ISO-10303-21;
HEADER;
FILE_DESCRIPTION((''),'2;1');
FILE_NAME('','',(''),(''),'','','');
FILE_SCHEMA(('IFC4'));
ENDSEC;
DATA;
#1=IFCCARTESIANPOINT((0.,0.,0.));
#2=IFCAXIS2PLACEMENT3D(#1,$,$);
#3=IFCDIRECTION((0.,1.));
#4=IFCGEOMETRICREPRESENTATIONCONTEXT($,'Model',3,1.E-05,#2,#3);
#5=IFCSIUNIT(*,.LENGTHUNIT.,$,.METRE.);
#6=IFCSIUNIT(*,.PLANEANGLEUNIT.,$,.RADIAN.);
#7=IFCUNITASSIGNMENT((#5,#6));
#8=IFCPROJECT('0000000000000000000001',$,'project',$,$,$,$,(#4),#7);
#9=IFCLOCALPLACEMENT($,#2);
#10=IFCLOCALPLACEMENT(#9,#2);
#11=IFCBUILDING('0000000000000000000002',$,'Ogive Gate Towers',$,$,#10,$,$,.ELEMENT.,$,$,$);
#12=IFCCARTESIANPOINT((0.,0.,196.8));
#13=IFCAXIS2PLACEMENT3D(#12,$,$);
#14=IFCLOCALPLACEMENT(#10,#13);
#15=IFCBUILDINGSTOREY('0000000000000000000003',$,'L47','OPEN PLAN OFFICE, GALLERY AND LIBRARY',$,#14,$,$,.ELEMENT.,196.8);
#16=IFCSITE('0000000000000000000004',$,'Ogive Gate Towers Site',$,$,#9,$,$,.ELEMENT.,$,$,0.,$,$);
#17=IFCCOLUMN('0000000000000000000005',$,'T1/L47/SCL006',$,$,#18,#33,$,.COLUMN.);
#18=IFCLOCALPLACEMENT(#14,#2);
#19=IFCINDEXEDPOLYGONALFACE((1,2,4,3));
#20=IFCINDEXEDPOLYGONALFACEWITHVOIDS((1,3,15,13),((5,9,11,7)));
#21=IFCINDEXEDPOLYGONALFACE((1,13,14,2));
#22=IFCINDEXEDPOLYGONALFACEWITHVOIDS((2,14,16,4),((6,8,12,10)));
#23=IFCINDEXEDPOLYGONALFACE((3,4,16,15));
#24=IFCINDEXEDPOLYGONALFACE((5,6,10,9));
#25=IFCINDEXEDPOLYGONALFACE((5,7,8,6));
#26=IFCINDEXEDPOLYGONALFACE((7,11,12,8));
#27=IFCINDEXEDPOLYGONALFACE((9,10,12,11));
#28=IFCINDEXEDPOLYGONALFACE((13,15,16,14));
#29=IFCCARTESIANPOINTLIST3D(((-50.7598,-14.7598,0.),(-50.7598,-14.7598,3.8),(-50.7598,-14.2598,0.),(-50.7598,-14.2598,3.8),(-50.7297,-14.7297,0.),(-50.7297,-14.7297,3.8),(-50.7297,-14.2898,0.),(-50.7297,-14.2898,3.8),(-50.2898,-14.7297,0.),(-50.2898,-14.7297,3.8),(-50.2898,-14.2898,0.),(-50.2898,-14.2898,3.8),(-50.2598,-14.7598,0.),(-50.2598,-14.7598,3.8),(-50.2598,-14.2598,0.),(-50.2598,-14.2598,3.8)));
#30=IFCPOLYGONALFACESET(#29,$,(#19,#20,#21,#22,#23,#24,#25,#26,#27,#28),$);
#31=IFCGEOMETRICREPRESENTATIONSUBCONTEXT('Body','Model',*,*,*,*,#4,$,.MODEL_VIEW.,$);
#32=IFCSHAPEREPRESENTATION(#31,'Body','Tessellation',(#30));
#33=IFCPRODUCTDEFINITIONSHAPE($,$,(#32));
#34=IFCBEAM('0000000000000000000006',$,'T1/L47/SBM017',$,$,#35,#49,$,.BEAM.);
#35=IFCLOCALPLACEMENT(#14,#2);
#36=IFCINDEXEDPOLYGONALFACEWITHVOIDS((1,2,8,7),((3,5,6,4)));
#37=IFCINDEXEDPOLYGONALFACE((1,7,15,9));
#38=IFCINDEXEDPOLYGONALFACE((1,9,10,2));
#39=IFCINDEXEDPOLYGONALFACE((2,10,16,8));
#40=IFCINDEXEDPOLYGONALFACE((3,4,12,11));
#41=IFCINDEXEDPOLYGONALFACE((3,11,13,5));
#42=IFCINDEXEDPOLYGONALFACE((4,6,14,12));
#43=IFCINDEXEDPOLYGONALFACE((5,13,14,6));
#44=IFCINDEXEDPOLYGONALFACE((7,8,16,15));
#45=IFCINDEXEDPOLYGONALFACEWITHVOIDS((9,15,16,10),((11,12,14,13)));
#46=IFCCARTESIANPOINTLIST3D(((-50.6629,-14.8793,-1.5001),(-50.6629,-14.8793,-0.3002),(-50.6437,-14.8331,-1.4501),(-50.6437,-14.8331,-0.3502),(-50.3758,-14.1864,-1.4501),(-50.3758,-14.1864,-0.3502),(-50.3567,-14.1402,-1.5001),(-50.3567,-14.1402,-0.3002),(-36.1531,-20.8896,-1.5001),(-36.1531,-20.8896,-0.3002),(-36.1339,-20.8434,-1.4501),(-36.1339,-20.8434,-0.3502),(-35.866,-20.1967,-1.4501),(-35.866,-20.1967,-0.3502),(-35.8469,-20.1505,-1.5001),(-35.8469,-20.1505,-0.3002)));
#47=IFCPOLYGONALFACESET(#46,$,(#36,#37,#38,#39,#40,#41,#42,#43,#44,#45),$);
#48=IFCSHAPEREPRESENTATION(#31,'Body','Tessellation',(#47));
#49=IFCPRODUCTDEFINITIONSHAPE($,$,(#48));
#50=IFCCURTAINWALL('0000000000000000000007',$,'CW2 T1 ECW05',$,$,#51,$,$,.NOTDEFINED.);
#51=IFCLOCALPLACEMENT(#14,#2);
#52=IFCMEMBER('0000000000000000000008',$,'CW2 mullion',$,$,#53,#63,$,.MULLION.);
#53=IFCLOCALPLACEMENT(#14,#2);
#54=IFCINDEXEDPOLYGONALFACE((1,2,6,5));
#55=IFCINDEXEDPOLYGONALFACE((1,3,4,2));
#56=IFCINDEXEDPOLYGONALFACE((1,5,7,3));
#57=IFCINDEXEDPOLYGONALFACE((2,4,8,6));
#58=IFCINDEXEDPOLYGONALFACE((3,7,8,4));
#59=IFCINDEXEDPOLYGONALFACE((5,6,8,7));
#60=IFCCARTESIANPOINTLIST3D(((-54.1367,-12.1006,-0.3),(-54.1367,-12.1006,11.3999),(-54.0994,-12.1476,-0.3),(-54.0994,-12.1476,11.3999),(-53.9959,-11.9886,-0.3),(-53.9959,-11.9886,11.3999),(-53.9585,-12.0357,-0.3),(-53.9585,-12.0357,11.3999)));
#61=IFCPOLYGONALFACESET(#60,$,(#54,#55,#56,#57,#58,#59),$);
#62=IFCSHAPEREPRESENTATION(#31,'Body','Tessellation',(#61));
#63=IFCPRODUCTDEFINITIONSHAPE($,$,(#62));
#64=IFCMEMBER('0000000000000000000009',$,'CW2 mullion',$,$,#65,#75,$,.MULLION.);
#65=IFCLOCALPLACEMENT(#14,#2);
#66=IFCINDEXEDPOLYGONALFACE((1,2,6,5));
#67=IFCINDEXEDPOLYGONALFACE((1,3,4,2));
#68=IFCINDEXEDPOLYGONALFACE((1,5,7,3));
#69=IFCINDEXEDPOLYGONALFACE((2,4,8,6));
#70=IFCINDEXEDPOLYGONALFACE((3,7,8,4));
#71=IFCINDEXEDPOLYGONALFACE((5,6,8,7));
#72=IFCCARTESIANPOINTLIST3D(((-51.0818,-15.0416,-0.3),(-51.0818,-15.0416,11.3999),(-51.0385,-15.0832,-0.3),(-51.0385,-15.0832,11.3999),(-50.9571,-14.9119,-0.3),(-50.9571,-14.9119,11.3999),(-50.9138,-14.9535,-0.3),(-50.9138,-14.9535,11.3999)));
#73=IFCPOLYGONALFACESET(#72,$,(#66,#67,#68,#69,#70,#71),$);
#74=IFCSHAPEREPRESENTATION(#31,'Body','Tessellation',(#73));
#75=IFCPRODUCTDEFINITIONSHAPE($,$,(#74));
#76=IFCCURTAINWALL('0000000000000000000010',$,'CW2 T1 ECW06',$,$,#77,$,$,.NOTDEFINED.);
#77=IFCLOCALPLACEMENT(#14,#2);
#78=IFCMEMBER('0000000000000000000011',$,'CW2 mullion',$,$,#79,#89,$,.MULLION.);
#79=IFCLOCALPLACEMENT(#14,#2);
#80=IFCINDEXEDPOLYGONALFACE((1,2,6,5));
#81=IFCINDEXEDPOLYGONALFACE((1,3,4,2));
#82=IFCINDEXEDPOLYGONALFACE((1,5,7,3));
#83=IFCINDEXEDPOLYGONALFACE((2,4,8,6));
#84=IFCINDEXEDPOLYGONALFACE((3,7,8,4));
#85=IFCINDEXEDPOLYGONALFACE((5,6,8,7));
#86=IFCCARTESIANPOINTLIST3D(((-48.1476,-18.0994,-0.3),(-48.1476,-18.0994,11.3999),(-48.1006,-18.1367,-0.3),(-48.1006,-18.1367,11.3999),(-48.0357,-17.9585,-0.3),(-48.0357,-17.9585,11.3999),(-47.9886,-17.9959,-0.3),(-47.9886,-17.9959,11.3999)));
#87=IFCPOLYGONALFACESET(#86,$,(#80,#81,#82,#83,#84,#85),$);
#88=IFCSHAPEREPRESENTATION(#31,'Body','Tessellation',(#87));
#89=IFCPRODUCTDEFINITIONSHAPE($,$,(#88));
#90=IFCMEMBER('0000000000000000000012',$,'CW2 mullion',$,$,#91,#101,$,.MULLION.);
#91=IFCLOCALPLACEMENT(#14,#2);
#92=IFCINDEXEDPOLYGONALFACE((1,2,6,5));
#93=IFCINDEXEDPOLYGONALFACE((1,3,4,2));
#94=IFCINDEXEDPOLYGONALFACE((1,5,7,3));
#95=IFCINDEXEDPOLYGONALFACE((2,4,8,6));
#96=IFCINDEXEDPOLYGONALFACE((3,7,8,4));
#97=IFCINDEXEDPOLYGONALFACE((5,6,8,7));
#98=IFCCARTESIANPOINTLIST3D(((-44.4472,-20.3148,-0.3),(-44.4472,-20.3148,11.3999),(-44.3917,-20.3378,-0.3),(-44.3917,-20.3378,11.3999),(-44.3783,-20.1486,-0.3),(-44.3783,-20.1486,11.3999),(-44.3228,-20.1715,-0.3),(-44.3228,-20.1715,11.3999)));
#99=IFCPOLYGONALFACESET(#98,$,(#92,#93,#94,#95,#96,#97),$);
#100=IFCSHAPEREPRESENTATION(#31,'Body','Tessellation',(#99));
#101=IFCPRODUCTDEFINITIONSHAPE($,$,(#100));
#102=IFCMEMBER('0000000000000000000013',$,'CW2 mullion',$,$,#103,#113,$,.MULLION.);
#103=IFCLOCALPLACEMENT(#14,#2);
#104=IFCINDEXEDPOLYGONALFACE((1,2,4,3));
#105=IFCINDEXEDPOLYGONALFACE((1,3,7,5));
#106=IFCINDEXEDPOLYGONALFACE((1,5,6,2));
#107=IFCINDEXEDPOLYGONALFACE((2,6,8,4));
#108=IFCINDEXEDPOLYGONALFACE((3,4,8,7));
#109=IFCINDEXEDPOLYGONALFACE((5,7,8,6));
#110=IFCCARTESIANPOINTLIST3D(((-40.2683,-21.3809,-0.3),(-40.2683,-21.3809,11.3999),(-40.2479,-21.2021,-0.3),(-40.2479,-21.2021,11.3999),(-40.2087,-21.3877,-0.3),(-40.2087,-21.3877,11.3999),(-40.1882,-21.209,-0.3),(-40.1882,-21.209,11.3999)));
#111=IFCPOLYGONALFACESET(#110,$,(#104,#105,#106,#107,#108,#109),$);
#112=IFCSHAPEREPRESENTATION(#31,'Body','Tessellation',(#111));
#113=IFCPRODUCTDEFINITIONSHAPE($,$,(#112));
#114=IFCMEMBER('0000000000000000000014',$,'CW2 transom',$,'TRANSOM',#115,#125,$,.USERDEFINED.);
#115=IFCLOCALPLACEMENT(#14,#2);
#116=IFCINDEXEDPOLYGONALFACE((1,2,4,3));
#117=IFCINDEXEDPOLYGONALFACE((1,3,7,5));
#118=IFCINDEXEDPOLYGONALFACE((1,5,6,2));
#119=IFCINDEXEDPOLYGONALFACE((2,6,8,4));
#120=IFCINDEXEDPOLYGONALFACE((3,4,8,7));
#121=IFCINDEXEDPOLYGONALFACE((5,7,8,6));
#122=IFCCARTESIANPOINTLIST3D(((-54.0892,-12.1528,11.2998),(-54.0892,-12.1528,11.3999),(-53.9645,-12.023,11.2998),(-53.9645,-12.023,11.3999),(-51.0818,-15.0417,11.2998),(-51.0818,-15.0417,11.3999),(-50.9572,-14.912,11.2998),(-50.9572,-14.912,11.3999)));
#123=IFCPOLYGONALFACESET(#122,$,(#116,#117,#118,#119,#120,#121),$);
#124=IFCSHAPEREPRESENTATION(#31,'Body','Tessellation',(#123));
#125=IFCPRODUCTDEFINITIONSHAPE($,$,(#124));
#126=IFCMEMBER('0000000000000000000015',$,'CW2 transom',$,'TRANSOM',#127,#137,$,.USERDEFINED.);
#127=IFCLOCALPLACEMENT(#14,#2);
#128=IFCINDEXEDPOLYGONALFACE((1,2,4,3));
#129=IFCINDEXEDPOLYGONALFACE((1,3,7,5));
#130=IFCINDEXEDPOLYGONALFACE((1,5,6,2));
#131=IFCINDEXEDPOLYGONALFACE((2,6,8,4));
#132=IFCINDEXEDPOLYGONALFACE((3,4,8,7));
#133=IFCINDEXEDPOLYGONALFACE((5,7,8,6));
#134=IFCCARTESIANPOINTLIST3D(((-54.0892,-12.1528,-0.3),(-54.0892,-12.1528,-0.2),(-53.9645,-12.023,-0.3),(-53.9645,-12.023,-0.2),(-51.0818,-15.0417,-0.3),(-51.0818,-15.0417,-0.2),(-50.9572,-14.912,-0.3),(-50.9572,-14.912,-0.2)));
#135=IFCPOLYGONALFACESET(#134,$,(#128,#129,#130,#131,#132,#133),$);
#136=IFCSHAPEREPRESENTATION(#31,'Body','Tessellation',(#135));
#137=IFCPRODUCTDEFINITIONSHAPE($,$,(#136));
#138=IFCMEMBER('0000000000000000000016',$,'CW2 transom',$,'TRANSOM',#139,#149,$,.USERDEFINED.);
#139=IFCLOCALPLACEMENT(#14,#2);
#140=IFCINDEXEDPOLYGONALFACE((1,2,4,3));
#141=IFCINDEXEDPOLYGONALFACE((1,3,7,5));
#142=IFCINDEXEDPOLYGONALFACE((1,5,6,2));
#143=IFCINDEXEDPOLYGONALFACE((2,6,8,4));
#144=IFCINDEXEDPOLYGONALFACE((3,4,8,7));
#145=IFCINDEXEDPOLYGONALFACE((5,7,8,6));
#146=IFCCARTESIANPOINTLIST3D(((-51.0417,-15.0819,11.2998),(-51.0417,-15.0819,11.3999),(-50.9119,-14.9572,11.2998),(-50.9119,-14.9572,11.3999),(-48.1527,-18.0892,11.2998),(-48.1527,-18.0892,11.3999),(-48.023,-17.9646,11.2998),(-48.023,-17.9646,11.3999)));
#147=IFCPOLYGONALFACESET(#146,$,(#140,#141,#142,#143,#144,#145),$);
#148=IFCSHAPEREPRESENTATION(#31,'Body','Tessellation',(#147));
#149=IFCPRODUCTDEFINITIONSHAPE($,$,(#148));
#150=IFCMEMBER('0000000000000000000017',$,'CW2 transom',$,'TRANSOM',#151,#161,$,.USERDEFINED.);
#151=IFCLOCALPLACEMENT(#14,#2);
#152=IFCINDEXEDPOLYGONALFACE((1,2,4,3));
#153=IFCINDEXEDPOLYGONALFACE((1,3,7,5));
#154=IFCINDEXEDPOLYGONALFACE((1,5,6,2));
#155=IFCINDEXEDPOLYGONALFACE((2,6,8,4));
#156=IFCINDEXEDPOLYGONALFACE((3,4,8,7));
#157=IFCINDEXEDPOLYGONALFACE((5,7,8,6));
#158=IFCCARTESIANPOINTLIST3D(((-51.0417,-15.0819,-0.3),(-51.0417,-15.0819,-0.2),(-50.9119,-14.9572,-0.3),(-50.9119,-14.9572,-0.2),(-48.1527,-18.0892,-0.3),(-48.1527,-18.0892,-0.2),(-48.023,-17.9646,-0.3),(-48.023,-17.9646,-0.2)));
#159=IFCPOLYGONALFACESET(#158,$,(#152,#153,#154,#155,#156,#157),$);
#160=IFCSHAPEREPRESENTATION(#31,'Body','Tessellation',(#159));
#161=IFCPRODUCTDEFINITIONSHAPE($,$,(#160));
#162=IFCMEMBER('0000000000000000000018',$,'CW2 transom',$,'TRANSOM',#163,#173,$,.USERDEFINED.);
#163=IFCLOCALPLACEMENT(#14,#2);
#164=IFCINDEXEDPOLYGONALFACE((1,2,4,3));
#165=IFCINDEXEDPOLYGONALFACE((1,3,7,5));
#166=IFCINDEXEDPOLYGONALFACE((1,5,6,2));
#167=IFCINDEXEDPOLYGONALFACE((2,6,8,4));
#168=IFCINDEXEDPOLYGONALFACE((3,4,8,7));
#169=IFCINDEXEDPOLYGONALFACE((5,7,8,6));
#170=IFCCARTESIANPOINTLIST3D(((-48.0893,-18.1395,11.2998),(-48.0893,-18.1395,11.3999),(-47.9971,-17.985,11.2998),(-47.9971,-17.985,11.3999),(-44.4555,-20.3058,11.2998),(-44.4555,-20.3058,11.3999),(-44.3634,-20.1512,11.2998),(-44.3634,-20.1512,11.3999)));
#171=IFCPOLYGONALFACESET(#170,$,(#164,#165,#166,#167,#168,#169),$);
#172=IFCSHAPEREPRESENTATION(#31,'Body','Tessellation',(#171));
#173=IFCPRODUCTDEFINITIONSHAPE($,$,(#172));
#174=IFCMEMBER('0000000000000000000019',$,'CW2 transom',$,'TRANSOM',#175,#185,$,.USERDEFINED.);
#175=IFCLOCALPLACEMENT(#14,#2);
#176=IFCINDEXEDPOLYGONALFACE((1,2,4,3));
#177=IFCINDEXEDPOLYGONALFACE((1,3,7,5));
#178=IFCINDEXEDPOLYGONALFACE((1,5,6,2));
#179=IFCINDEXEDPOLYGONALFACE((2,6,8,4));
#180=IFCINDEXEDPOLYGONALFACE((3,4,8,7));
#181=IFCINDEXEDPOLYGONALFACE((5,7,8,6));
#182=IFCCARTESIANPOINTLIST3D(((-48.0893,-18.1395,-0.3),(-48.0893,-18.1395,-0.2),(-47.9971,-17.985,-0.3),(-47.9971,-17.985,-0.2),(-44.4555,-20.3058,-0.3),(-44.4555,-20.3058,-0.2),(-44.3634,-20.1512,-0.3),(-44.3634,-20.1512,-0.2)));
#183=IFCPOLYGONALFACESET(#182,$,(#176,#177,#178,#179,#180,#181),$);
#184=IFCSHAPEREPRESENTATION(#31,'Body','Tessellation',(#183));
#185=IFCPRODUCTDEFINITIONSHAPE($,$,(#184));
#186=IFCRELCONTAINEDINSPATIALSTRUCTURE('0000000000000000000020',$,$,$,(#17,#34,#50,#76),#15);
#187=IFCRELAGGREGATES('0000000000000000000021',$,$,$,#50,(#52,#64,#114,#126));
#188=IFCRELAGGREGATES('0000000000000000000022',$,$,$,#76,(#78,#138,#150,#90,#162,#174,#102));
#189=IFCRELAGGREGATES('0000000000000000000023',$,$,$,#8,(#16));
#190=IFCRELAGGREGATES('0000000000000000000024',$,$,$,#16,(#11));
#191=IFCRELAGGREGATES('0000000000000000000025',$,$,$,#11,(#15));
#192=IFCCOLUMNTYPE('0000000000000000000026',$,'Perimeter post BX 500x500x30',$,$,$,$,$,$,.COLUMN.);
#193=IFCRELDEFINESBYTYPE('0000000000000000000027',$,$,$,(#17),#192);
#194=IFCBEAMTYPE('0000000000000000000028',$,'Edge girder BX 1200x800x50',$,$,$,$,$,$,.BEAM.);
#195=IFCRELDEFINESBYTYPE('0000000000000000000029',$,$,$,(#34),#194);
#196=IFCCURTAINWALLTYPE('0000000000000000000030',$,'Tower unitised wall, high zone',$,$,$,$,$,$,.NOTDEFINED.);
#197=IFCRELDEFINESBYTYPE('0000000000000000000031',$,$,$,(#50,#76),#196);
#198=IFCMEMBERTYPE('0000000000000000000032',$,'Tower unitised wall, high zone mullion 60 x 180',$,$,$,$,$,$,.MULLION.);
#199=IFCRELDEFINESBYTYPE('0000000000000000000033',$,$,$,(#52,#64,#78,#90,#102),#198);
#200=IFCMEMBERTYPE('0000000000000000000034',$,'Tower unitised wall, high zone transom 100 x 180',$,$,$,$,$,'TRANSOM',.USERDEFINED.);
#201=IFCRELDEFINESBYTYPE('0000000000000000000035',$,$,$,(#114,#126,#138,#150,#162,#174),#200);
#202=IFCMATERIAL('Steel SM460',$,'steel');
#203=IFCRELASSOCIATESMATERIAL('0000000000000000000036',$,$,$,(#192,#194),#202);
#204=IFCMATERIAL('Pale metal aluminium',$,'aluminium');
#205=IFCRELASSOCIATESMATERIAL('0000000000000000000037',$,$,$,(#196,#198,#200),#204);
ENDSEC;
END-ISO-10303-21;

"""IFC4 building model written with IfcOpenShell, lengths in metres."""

from ifc_helpers import new_model, si_unit, direction, frame, origin, origin_2d, place, context, subcontext, project, spatial, rectangle, hollow_rectangle, extrude, material, material_profile, profile_set, type_object, element, aggregate, save


model = new_model("IFC4")

# Units and contexts
model_context = context("Model", 3, precision=1e-05, world=origin(), true_north=direction((0.0, 1.0)))
body_context = subcontext(model_context, "Body", "Model", "MODEL_VIEW")
ifc_project = project(units=[si_unit("LENGTHUNIT", "METRE"), si_unit("PLANEANGLEUNIT", "RADIAN")], contexts=[model_context])

# Site, building, storey
site_placement = place(None, origin())
site = spatial("IfcSite", under=ifc_project, at=site_placement, Name="Ogive Gate Towers Site", CompositionType="ELEMENT", RefElevation=0.0)
building_placement = place(site_placement, origin())
building = spatial("IfcBuilding", under=site, at=building_placement, Name="Ogive Gate Towers", CompositionType="ELEMENT")
storey_placement = place(building_placement, frame((0.0, 0.0, 196.8)))
storey = spatial("IfcBuildingStorey", under=building, at=storey_placement, Name="L47", Description="OPEN PLAN OFFICE, GALLERY AND LIBRARY", CompositionType="ELEMENT", Elevation=196.8)

# Column
ifc_material_1 = material(Name="Steel SM460", Category="steel")
ifc_material_profile_1 = material_profile(ifc_material_1, hollow_rectangle(XDim=0.5, YDim=0.5, WallThickness=0.03, at=origin_2d()), Name="BX 500x500x30")
ifc_profile_set_1 = profile_set([ifc_material_profile_1], Name="Steel SM460")
column_type = type_object("IfcColumnType", Name="Perimeter post BX 500x500x30", PredefinedType="COLUMN", material=ifc_profile_set_1)
column_placement = place(storey_placement, frame((-50.5098, -14.5098, 0.0), z_axis=(0.0, 0.0, 1.0), x_axis=(1.0, 0.0, 0.0)))
element("IfcColumn", 1, at=column_placement, inside=storey, type_object=column_type, Name="T1/L47/SCL006", PredefinedType="COLUMN", context=body_context, shape_type="SweptSolid", body=[
    extrude(hollow_rectangle(XDim=0.5, YDim=0.5, WallThickness=0.03, at=origin_2d()), origin(), (0.0, 0.0, 1.0), 3.8),
])

# Beam
ifc_material_profile_2 = material_profile(ifc_material_1, hollow_rectangle(XDim=0.8, YDim=1.2, WallThickness=0.05, at=origin_2d()), Name="BX 1200x800x50")
ifc_profile_set_2 = profile_set([ifc_material_profile_2], Name="Steel SM460")
beam_type = type_object("IfcBeamType", Name="Edge girder BX 1200x800x50", PredefinedType="BEAM", material=ifc_profile_set_2)
beam_placement = place(storey_placement, frame((-50.5098, -14.5098, -0.9001), z_axis=(0.923877, -0.38269, 0.0), x_axis=(0.38269, 0.923877, 0.0)))
element("IfcBeam", 2, at=beam_placement, inside=storey, type_object=beam_type, Name="T1/L47/SBM017", PredefinedType="BEAM", context=body_context, shape_type="SweptSolid", body=[
    extrude(hollow_rectangle(XDim=0.8, YDim=1.2, WallThickness=0.05, at=origin_2d()), origin(), (0.0, 0.0, 1.0), 15.7053),
])

# Curtain walls, members
ifc_material_2 = material(Name="Pale metal aluminium", Category="aluminium")
curtain_wall_type = type_object("IfcCurtainWallType", Name="Tower unitised wall, high zone", PredefinedType="NOTDEFINED", material=ifc_material_2)
curtain_wall_1_placement = place(storey_placement, origin())
curtain_wall_1 = element("IfcCurtainWall", 3, at=curtain_wall_1_placement, inside=storey, type_object=curtain_wall_type, Name="CW2 T1 ECW05", PredefinedType="NOTDEFINED")
ifc_material_profile_3 = material_profile(ifc_material_2, rectangle(XDim=0.1799, YDim=0.0601, at=origin_2d()), Name="60 x 180 aluminium box")
ifc_profile_set_3 = profile_set([ifc_material_profile_3], Name="Pale metal aluminium")
member_type_1 = type_object("IfcMemberType", Name="Tower unitised wall, high zone mullion 60 x 180", PredefinedType="MULLION", material=ifc_profile_set_3)
member_1_placement = place(storey_placement, frame((-54.0476, -12.0681, -0.3), z_axis=(0.0, 0.0, 1.0), x_axis=(-0.78288, -0.622173, 0.0)))
member_1 = element("IfcMember", 4, at=member_1_placement, type_object=member_type_1, Name="CW2 mullion", PredefinedType="MULLION", context=body_context, shape_type="SweptSolid", body=[
    extrude(rectangle(XDim=0.1799, YDim=0.0601, at=origin_2d()), origin(), (0.0, 0.0, 1.0), 11.7),
])
member_2_placement = place(storey_placement, frame((-50.9978, -14.9976, -0.3), z_axis=(0.0, 0.0, 1.0), x_axis=(-0.692785, -0.721144, 0.0)))
member_2 = element("IfcMember", 5, at=member_2_placement, type_object=member_type_1, Name="CW2 mullion", PredefinedType="MULLION", context=body_context, shape_type="SweptSolid", body=[
    extrude(rectangle(XDim=0.1799, YDim=0.0601, at=origin_2d()), origin(), (0.0, 0.0, 1.0), 11.7),
])
curtain_wall_2_placement = place(storey_placement, origin())
curtain_wall_2 = element("IfcCurtainWall", 6, at=curtain_wall_2_placement, inside=storey, type_object=curtain_wall_type, Name="CW2 T1 ECW06", PredefinedType="NOTDEFINED")
member_3_placement = place(storey_placement, frame((-48.0681, -18.0476, -0.3), z_axis=(0.0, 0.0, 1.0), x_axis=(-0.622173, -0.78288, 0.0)))
member_3 = element("IfcMember", 7, at=member_3_placement, type_object=member_type_1, Name="CW2 mullion", PredefinedType="MULLION", context=body_context, shape_type="SweptSolid", body=[
    extrude(rectangle(XDim=0.1799, YDim=0.0601, at=origin_2d()), origin(), (0.0, 0.0, 1.0), 11.7),
])
member_4_placement = place(storey_placement, frame((-44.385, -20.2432, -0.3), z_axis=(0.0, 0.0, 1.0), x_axis=(-0.382683, -0.92388, 0.0)))
member_4 = element("IfcMember", 8, at=member_4_placement, type_object=member_type_1, Name="CW2 mullion", PredefinedType="MULLION", context=body_context, shape_type="SweptSolid", body=[
    extrude(rectangle(XDim=0.1799, YDim=0.0601, at=origin_2d()), origin(), (0.0, 0.0, 1.0), 11.7),
])
member_5_placement = place(storey_placement, frame((-40.2283, -21.2949, -0.3), z_axis=(0.0, 0.0, 1.0), x_axis=(-0.113637, -0.993522, 0.0)))
member_5 = element("IfcMember", 9, at=member_5_placement, type_object=member_type_1, Name="CW2 mullion", PredefinedType="MULLION", context=body_context, shape_type="SweptSolid", body=[
    extrude(rectangle(XDim=0.1799, YDim=0.0601, at=origin_2d()), origin(), (0.0, 0.0, 1.0), 11.7),
])

# Members
ifc_material_profile_4 = material_profile(ifc_material_2, rectangle(XDim=0.1799, YDim=0.1001, at=origin_2d()), Name="100 x 180 aluminium box")
ifc_profile_set_4 = profile_set([ifc_material_profile_4], Name="Pale metal aluminium")
member_type_2 = type_object("IfcMemberType", Name="Tower unitised wall, high zone transom 100 x 180", ElementType="TRANSOM", PredefinedType="USERDEFINED", material=ifc_profile_set_4)
member_6_placement = place(storey_placement, frame((-54.0269, -12.0879, 11.3499), z_axis=(0.721161, -0.692767, 0.0), x_axis=(0.692767, 0.721161, 0.0)))
member_6 = element("IfcMember", 10, at=member_6_placement, type_object=member_type_2, Name="CW2 transom", ObjectType="TRANSOM", PredefinedType="USERDEFINED", context=body_context, shape_type="SweptSolid", body=[
    extrude(rectangle(XDim=0.1799, YDim=0.1001, at=origin_2d()), origin(), (0.0, 0.0, 1.0), 4.1702),
])
member_7_placement = place(storey_placement, frame((-54.0269, -12.0879, -0.25), z_axis=(0.721161, -0.692767, 0.0), x_axis=(0.692767, 0.721161, 0.0)))
member_7 = element("IfcMember", 11, at=member_7_placement, type_object=member_type_2, Name="CW2 transom", ObjectType="TRANSOM", PredefinedType="USERDEFINED", context=body_context, shape_type="SweptSolid", body=[
    extrude(rectangle(XDim=0.1799, YDim=0.1001, at=origin_2d()), origin(), (0.0, 0.0, 1.0), 4.1702),
])
member_8_placement = place(storey_placement, frame((-50.9768, -15.0195, 11.3499), z_axis=(0.692767, -0.721161, 0.0), x_axis=(0.721161, 0.692767, 0.0)))
member_8 = element("IfcMember", 12, at=member_8_placement, type_object=member_type_2, Name="CW2 transom", ObjectType="TRANSOM", PredefinedType="USERDEFINED", context=body_context, shape_type="SweptSolid", body=[
    extrude(rectangle(XDim=0.1799, YDim=0.1001, at=origin_2d()), origin(), (0.0, 0.0, 1.0), 4.1702),
])
member_9_placement = place(storey_placement, frame((-50.9768, -15.0195, -0.25), z_axis=(0.692767, -0.721161, 0.0), x_axis=(0.721161, 0.692767, 0.0)))
member_9 = element("IfcMember", 13, at=member_9_placement, type_object=member_type_2, Name="CW2 transom", ObjectType="TRANSOM", PredefinedType="USERDEFINED", context=body_context, shape_type="SweptSolid", body=[
    extrude(rectangle(XDim=0.1799, YDim=0.1001, at=origin_2d()), origin(), (0.0, 0.0, 1.0), 4.1702),
])
member_10_placement = place(storey_placement, frame((-48.0432, -18.0623, 11.3499), z_axis=(0.858951, -0.512058, 0.0), x_axis=(0.512058, 0.858951, 0.0)))
member_10 = element("IfcMember", 14, at=member_10_placement, type_object=member_type_2, Name="CW2 transom", ObjectType="TRANSOM", PredefinedType="USERDEFINED", context=body_context, shape_type="SweptSolid", body=[
    extrude(rectangle(XDim=0.1799, YDim=0.1001, at=origin_2d()), origin(), (0.0, 0.0, 1.0), 4.2305),
])
member_11_placement = place(storey_placement, frame((-48.0432, -18.0623, -0.25), z_axis=(0.858951, -0.512058, 0.0), x_axis=(0.512058, 0.858951, 0.0)))
member_11 = element("IfcMember", 15, at=member_11_placement, type_object=member_type_2, Name="CW2 transom", ObjectType="TRANSOM", PredefinedType="USERDEFINED", context=body_context, shape_type="SweptSolid", body=[
    extrude(rectangle(XDim=0.1799, YDim=0.1001, at=origin_2d()), origin(), (0.0, 0.0, 1.0), 4.2305),
])

aggregate(curtain_wall_1, [member_1, member_2, member_6, member_7])
aggregate(curtain_wall_2, [member_3, member_8, member_9, member_4, member_10, member_11, member_5])

save(model, "model.ifc")
